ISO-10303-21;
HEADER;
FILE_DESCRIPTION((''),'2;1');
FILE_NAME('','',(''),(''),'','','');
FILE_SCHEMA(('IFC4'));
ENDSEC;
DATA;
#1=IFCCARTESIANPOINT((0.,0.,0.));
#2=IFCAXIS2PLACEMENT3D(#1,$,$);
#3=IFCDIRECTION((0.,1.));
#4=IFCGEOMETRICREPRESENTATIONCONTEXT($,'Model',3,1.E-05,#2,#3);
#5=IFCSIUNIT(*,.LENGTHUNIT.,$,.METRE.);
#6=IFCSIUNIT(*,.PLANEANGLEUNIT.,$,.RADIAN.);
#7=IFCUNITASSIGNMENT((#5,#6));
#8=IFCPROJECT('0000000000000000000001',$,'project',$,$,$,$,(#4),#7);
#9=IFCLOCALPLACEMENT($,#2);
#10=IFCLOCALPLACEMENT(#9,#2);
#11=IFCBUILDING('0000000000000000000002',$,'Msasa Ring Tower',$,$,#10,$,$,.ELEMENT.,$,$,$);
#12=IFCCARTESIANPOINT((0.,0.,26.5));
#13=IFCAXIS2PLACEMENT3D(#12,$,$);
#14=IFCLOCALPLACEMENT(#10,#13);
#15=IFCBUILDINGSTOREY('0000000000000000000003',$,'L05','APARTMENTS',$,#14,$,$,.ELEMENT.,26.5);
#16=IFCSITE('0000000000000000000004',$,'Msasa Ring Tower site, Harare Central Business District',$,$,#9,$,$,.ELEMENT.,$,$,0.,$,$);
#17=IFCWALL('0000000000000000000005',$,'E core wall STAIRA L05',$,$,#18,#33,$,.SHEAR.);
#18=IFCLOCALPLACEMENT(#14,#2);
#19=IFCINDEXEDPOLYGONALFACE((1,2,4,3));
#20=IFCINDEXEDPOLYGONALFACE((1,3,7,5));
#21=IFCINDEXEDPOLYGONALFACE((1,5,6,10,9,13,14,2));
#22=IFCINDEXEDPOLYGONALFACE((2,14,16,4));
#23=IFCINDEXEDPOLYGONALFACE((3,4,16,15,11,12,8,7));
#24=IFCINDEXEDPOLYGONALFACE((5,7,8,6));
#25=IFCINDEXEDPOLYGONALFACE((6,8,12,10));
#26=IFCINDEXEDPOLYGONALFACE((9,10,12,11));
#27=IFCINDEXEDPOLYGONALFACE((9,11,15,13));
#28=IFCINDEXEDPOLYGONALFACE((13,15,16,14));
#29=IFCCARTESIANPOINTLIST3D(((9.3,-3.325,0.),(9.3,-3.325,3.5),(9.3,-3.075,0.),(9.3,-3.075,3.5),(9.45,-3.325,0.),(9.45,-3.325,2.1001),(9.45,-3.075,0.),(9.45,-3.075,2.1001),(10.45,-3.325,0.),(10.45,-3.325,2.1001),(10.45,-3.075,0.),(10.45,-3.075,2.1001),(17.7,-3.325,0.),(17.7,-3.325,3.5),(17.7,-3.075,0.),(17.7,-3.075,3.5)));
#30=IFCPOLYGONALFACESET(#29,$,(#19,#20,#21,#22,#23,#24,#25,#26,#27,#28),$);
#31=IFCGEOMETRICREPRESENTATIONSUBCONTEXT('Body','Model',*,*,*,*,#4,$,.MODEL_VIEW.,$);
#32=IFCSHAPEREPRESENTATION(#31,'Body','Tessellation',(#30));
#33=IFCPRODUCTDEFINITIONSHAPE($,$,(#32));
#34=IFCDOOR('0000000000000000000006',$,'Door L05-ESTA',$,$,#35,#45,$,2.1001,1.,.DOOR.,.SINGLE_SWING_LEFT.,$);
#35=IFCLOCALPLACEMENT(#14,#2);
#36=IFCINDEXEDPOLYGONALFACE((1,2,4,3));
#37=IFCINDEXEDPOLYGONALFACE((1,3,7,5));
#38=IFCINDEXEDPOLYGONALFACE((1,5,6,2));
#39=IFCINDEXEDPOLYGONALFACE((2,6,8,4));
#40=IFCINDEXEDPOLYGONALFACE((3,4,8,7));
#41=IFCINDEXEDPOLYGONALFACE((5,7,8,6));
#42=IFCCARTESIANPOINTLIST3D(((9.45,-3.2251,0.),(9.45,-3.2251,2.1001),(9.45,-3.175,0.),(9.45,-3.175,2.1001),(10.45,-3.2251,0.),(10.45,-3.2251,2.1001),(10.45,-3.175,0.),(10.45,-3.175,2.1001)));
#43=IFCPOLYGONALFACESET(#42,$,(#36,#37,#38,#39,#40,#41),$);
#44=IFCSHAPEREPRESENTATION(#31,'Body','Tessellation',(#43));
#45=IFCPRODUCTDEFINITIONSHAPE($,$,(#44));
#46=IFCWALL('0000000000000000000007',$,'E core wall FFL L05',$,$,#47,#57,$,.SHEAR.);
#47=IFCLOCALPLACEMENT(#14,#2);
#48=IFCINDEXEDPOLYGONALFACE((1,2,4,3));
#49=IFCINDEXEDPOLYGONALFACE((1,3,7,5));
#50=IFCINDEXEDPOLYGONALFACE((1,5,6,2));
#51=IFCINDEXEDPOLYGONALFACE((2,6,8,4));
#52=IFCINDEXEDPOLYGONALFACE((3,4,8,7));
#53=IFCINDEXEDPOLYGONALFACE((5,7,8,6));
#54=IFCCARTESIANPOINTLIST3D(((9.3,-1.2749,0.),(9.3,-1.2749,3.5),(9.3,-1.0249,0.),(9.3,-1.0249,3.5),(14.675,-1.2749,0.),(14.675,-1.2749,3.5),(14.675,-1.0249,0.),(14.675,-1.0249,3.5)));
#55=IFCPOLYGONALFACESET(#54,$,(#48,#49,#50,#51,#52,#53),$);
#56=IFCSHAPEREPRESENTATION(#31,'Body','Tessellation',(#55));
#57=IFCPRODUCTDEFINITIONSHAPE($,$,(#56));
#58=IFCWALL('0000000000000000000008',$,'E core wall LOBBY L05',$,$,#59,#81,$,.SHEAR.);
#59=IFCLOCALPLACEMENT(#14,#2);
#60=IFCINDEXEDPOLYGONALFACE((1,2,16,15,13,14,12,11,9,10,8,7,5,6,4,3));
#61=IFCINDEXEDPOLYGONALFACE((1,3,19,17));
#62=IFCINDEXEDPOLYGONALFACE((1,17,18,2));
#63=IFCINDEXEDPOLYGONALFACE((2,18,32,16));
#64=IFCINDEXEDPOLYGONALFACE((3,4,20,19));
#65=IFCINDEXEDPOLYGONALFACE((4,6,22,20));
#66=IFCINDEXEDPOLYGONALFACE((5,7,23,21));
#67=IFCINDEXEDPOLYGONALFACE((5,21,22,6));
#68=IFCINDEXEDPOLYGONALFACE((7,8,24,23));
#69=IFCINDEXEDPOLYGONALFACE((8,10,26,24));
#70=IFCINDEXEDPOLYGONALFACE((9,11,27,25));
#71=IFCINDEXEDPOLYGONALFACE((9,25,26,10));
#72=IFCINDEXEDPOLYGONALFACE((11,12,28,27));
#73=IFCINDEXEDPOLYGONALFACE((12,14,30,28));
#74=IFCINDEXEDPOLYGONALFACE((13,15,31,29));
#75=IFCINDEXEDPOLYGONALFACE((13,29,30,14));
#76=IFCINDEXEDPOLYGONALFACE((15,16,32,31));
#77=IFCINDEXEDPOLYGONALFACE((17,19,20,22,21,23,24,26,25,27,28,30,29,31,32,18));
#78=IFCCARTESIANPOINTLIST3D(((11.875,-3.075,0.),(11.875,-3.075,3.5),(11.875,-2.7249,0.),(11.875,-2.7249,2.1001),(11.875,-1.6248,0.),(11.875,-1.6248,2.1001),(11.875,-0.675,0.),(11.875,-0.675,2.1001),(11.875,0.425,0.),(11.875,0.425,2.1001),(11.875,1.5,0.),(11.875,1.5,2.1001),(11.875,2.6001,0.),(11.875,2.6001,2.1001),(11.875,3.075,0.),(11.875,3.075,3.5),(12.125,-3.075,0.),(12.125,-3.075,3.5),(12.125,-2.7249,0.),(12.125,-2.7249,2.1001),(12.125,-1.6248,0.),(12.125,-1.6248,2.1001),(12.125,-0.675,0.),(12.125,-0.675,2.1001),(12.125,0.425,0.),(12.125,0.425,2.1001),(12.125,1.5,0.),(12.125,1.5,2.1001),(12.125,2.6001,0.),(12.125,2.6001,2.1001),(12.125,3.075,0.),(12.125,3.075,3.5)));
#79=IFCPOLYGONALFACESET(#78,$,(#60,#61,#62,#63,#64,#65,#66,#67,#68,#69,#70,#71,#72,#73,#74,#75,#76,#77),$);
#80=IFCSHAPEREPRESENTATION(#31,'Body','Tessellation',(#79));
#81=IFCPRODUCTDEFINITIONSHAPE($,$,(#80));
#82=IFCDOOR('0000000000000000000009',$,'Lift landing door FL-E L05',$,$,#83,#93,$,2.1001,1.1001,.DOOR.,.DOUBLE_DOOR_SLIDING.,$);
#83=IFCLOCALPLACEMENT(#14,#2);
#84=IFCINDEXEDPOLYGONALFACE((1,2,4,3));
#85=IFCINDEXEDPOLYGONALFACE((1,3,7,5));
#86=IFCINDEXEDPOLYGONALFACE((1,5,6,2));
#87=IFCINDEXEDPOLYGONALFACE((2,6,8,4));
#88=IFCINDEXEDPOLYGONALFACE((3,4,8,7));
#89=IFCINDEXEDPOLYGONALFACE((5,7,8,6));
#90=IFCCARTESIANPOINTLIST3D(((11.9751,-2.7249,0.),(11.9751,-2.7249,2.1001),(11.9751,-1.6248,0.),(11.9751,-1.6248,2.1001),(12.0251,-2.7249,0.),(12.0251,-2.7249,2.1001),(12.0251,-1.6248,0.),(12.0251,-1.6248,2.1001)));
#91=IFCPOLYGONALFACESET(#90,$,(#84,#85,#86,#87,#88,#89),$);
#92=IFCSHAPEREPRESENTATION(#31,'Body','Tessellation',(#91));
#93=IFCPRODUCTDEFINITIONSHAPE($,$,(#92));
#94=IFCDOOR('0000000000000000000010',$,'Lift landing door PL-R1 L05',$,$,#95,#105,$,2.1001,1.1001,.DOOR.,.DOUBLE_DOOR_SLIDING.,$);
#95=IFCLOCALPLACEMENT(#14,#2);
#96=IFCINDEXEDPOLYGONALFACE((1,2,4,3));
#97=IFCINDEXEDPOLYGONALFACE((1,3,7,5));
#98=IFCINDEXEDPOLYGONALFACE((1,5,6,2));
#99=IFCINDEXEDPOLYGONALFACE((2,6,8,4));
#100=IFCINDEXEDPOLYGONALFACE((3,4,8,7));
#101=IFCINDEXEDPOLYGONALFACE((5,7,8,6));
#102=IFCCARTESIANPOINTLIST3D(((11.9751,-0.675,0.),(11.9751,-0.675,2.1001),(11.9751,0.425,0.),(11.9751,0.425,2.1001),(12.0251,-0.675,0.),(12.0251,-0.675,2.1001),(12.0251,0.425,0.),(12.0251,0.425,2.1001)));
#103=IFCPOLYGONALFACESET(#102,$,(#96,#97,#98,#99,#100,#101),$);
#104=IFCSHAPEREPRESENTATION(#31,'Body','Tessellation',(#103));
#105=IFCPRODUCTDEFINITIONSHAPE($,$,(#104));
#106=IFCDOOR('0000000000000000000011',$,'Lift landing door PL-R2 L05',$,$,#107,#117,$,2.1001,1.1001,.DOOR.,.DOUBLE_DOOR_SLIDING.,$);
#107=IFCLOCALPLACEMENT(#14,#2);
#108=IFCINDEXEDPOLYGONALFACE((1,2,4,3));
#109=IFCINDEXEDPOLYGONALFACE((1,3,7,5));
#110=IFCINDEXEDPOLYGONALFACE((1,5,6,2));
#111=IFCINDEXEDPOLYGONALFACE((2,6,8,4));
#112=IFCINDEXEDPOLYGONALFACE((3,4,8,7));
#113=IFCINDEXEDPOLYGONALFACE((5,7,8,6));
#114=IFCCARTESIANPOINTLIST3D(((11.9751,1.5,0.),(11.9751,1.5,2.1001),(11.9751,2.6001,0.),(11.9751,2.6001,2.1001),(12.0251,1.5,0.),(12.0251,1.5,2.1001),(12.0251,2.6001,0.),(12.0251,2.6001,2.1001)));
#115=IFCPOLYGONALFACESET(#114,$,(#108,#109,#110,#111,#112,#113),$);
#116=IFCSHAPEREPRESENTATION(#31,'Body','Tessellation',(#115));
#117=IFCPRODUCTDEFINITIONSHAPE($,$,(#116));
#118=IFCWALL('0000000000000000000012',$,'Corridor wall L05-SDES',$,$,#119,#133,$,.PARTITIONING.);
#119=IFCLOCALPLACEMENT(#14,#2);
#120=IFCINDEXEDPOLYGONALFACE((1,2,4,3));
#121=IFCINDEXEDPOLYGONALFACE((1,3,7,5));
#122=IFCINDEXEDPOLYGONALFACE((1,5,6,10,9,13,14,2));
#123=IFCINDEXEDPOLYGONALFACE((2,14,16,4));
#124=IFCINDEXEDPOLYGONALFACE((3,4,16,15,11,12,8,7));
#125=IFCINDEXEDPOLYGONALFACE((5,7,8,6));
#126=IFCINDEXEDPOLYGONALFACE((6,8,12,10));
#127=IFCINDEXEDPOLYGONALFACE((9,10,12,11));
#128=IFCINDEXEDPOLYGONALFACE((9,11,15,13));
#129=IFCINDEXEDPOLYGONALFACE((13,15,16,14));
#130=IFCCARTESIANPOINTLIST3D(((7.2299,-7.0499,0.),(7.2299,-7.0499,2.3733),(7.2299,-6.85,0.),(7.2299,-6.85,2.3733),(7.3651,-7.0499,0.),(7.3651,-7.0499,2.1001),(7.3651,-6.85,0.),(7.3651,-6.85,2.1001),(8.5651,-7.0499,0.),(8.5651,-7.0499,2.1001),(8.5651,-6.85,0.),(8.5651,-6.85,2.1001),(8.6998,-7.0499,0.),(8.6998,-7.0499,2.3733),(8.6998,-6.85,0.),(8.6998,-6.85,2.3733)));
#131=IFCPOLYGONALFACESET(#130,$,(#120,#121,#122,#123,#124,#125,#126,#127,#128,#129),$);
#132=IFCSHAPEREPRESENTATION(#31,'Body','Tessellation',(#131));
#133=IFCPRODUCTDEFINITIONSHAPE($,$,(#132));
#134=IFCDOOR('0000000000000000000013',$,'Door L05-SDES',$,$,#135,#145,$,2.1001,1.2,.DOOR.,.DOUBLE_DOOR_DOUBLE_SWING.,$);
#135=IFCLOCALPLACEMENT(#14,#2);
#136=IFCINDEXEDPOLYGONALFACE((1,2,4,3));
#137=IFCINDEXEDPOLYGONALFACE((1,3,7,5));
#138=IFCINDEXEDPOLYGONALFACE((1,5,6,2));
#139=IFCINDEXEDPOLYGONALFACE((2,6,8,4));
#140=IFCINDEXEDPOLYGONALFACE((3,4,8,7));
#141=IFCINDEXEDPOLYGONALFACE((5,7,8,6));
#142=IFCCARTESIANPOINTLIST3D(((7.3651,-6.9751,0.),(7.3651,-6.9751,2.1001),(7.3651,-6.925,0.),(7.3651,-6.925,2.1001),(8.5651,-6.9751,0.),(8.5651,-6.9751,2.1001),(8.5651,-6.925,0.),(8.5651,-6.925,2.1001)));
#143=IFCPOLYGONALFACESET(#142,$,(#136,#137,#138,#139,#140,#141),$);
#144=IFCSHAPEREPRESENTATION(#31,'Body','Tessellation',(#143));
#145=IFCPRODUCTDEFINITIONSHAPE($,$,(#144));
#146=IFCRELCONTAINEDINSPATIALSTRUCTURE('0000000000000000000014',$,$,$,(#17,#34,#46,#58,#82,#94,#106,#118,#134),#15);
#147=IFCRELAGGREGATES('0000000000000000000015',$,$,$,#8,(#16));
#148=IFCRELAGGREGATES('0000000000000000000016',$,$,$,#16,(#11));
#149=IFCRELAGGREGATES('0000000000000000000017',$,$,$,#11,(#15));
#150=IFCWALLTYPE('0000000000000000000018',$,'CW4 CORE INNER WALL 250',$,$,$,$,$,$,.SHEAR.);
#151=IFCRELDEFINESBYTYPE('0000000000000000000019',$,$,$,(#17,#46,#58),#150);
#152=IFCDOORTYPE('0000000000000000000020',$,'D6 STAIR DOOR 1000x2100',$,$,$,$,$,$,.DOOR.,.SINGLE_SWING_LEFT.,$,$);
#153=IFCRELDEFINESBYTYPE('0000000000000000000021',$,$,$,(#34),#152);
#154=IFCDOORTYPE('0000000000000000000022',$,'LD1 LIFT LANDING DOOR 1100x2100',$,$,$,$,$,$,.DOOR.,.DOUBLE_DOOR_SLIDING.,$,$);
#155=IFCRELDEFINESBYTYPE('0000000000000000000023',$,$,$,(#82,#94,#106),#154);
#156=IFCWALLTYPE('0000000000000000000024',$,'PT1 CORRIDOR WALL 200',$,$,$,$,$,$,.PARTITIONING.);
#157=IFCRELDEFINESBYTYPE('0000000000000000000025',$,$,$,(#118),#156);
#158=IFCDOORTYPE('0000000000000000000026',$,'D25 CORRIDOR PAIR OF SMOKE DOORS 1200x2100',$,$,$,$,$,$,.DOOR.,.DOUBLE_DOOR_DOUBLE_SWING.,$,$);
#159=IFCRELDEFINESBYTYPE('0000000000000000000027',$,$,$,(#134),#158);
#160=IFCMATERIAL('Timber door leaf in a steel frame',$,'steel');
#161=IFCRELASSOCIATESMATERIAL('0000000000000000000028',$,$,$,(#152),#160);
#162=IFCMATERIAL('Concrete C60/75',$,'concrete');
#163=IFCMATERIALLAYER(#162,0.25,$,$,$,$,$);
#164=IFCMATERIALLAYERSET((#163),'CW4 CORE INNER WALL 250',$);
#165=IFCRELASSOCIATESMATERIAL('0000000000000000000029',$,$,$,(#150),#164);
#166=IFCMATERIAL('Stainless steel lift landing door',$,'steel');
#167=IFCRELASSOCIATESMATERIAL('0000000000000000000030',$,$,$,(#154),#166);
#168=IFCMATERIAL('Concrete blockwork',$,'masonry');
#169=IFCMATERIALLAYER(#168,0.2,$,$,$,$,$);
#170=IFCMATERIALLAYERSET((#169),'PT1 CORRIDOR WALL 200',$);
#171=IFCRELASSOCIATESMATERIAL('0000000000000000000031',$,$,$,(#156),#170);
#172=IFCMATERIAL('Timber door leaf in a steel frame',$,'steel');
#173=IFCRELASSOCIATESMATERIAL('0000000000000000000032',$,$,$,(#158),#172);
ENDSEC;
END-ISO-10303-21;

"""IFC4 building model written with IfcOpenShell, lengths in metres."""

from ifc_helpers import new_model, si_unit, direction, frame, frame_2d, origin, place, context, subcontext, project, spatial, rectangle, extrude, material, layer, layer_set, type_object, element, fill, save


model = new_model("IFC4")

# Units and contexts
model_context = context("Model", 3, precision=1e-05, world=origin(), true_north=direction((0.0, 1.0)))
body_context = subcontext(model_context, "Body", "Model", "MODEL_VIEW")
ifc_project = project(units=[si_unit("LENGTHUNIT", "METRE"), si_unit("PLANEANGLEUNIT", "RADIAN")], contexts=[model_context])

# Site, building, storey
site_placement = place(None, origin())
site = spatial("IfcSite", under=ifc_project, at=site_placement, Name="Msasa Ring Tower site, Harare Central Business District", CompositionType="ELEMENT", RefElevation=0.0)
building_placement = place(site_placement, origin())
building = spatial("IfcBuilding", under=site, at=building_placement, Name="Msasa Ring Tower", CompositionType="ELEMENT")
storey_placement = place(building_placement, frame((0.0, 0.0, 26.5)))
storey = spatial("IfcBuildingStorey", under=building, at=storey_placement, Name="L05", Description="APARTMENTS", CompositionType="ELEMENT", Elevation=26.5)

# Shared definitions
ifc_material_1 = material(Name="Timber door leaf in a steel frame", Category="steel")
door_type_1 = type_object("IfcDoorType", Name="D6 STAIR DOOR 1000x2100", OperationType="SINGLE_SWING_LEFT", PredefinedType="DOOR", material=ifc_material_1)

# Wall, opening, door
ifc_material_2 = material(Name="Concrete C60/75", Category="concrete")
ifc_layer_1 = layer(ifc_material_2, 0.25)
ifc_layer_set_1 = layer_set([ifc_layer_1], Name="CW4 CORE INNER WALL 250")
wall_type_1 = type_object("IfcWallType", Name="CW4 CORE INNER WALL 250", PredefinedType="SHEAR", material=ifc_layer_set_1)
wall_1_placement = place(storey_placement, frame((9.3, -3.2, 0.0), z_axis=(0.0, 0.0, 1.0), x_axis=(1.0, 0.0, 0.0)))
wall_1 = element("IfcWall", 1, at=wall_1_placement, inside=storey, type_object=wall_type_1, Name="E core wall STAIRA L05", PredefinedType="SHEAR", context=body_context, shape_type="SweptSolid", body=[
    extrude(rectangle(XDim=8.3999, YDim=0.25, at=frame_2d((4.2, 0.0))), origin(), (0.0, 0.0, 1.0), 3.5),
])
opening_1_placement = place(wall_1_placement, frame((0.1499, 0.0, 0.0)))
opening_1 = element("IfcOpeningElement", 2, at=opening_1_placement, cuts=wall_1, PredefinedType="OPENING", context=body_context, shape_type="SweptSolid", body=[
    extrude(rectangle(XDim=1.0, YDim=2.1001, at=frame_2d((0.5, 1.05))), frame((0.0, 0.135, 0.0), z_axis=(0.0, -1.0, 0.0), x_axis=(1.0, 0.0, 0.0)), (0.0, 0.0, 1.0), 0.27),
])
door_1_placement = place(opening_1_placement, origin())
door_1 = element("IfcDoor", 3, at=door_1_placement, inside=storey, type_object=door_type_1, Name="Door L05-ESTA", OperationType="SINGLE_SWING_LEFT", OverallHeight=2.1001, OverallWidth=1.0, PredefinedType="DOOR", context=body_context, shape_type="SweptSolid", body=[
    extrude(rectangle(XDim=1.0, YDim=2.1001, at=frame_2d((0.5, 1.05))), frame((0.0, 0.0249, 0.0), z_axis=(0.0, -1.0, 0.0), x_axis=(1.0, 0.0, 0.0)), (0.0, 0.0, 1.0), 0.05),
])
fill(opening_1, door_1)

# Wall
wall_2_placement = place(storey_placement, frame((9.3, -1.1499, 0.0), z_axis=(0.0, 0.0, 1.0), x_axis=(1.0, 0.0, 0.0)))
element("IfcWall", 4, at=wall_2_placement, inside=storey, type_object=wall_type_1, Name="E core wall FFL L05", PredefinedType="SHEAR", context=body_context, shape_type="SweptSolid", body=[
    extrude(rectangle(XDim=5.375, YDim=0.25, at=frame_2d((2.6875, 0.0))), origin(), (0.0, 0.0, 1.0), 3.5),
])

# Wall, openings, doors
wall_3_placement = place(storey_placement, frame((12.0, -3.075, 0.0), z_axis=(0.0, 0.0, 1.0), x_axis=(0.0, 1.0, 0.0)))
wall_3 = element("IfcWall", 5, at=wall_3_placement, inside=storey, type_object=wall_type_1, Name="E core wall LOBBY L05", PredefinedType="SHEAR", context=body_context, shape_type="SweptSolid", body=[
    extrude(rectangle(XDim=6.1499, YDim=0.25, at=frame_2d((3.075, 0.0))), origin(), (0.0, 0.0, 1.0), 3.5),
])
opening_2_placement = place(wall_3_placement, frame((0.3501, 0.0, 0.0)))
opening_2 = element("IfcOpeningElement", 6, at=opening_2_placement, cuts=wall_3, PredefinedType="OPENING", context=body_context, shape_type="SweptSolid", body=[
    extrude(rectangle(XDim=1.1001, YDim=2.1001, at=frame_2d((0.55, 1.05))), frame((0.0, 0.135, 0.0), z_axis=(0.0, -1.0, 0.0), x_axis=(1.0, 0.0, 0.0)), (0.0, 0.0, 1.0), 0.27),
])
opening_3_placement = place(wall_3_placement, frame((2.3999, 0.0, 0.0)))
opening_3 = element("IfcOpeningElement", 7, at=opening_3_placement, cuts=wall_3, PredefinedType="OPENING", context=body_context, shape_type="SweptSolid", body=[
    extrude(rectangle(XDim=1.1001, YDim=2.1001, at=frame_2d((0.55, 1.05))), frame((0.0, 0.135, 0.0), z_axis=(0.0, -1.0, 0.0), x_axis=(1.0, 0.0, 0.0)), (0.0, 0.0, 1.0), 0.27),
])
opening_4_placement = place(wall_3_placement, frame((4.575, 0.0, 0.0)))
opening_4 = element("IfcOpeningElement", 8, at=opening_4_placement, cuts=wall_3, PredefinedType="OPENING", context=body_context, shape_type="SweptSolid", body=[
    extrude(rectangle(XDim=1.1001, YDim=2.1001, at=frame_2d((0.55, 1.05))), frame((0.0, 0.135, 0.0), z_axis=(0.0, -1.0, 0.0), x_axis=(1.0, 0.0, 0.0)), (0.0, 0.0, 1.0), 0.27),
])
ifc_material_3 = material(Name="Stainless steel lift landing door", Category="steel")
door_type_2 = type_object("IfcDoorType", Name="LD1 LIFT LANDING DOOR 1100x2100", OperationType="DOUBLE_DOOR_SLIDING", PredefinedType="DOOR", material=ifc_material_3)
door_2_placement = place(opening_2_placement, origin())
door_2 = element("IfcDoor", 9, at=door_2_placement, inside=storey, type_object=door_type_2, Name="Lift landing door FL-E L05", OperationType="DOUBLE_DOOR_SLIDING", OverallHeight=2.1001, OverallWidth=1.1001, PredefinedType="DOOR", context=body_context, shape_type="SweptSolid", body=[
    extrude(rectangle(XDim=1.1001, YDim=2.1001, at=frame_2d((0.55, 1.05))), frame((0.0, 0.0249, 0.0), z_axis=(0.0, -1.0, 0.0), x_axis=(1.0, 0.0, 0.0)), (0.0, 0.0, 1.0), 0.05),
])
fill(opening_2, door_2)
door_3_placement = place(opening_3_placement, origin())
door_3 = element("IfcDoor", 10, at=door_3_placement, inside=storey, type_object=door_type_2, Name="Lift landing door PL-R1 L05", OperationType="DOUBLE_DOOR_SLIDING", OverallHeight=2.1001, OverallWidth=1.1001, PredefinedType="DOOR", context=body_context, shape_type="SweptSolid", body=[
    extrude(rectangle(XDim=1.1001, YDim=2.1001, at=frame_2d((0.55, 1.05))), frame((0.0, 0.0249, 0.0), z_axis=(0.0, -1.0, 0.0), x_axis=(1.0, 0.0, 0.0)), (0.0, 0.0, 1.0), 0.05),
])
fill(opening_3, door_3)
door_4_placement = place(opening_4_placement, origin())
door_4 = element("IfcDoor", 11, at=door_4_placement, inside=storey, type_object=door_type_2, Name="Lift landing door PL-R2 L05", OperationType="DOUBLE_DOOR_SLIDING", OverallHeight=2.1001, OverallWidth=1.1001, PredefinedType="DOOR", context=body_context, shape_type="SweptSolid", body=[
    extrude(rectangle(XDim=1.1001, YDim=2.1001, at=frame_2d((0.55, 1.05))), frame((0.0, 0.0249, 0.0), z_axis=(0.0, -1.0, 0.0), x_axis=(1.0, 0.0, 0.0)), (0.0, 0.0, 1.0), 0.05),
])
fill(opening_4, door_4)

# Wall, opening, door
ifc_material_4 = material(Name="Concrete blockwork", Category="masonry")
ifc_layer_2 = layer(ifc_material_4, 0.2)
ifc_layer_set_2 = layer_set([ifc_layer_2], Name="PT1 CORRIDOR WALL 200")
wall_type_2 = type_object("IfcWallType", Name="PT1 CORRIDOR WALL 200", PredefinedType="PARTITIONING", material=ifc_layer_set_2)
wall_4_placement = place(storey_placement, frame((7.23, -6.95, 0.0), z_axis=(0.0, 0.0, 1.0), x_axis=(1.0, 0.0, 0.0)))
wall_4 = element("IfcWall", 12, at=wall_4_placement, inside=storey, type_object=wall_type_2, Name="Corridor wall L05-SDES", PredefinedType="PARTITIONING", context=body_context, shape_type="SweptSolid", body=[
    extrude(rectangle(XDim=1.47, YDim=0.2, at=frame_2d((0.7349, 0.0))), origin(), (0.0, 0.0, 1.0), 2.3733),
])
opening_5_placement = place(wall_4_placement, frame((0.135, 0.0, 0.0)))
opening_5 = element("IfcOpeningElement", 13, at=opening_5_placement, cuts=wall_4, PredefinedType="OPENING", context=body_context, shape_type="SweptSolid", body=[
    extrude(rectangle(XDim=1.2, YDim=2.1001, at=frame_2d((0.6001, 1.05))), frame((0.0, 0.1099, 0.0), z_axis=(0.0, -1.0, 0.0), x_axis=(1.0, 0.0, 0.0)), (0.0, 0.0, 1.0), 0.22),
])
ifc_material_5 = material(Name="Timber door leaf in a steel frame", Category="steel")
door_type_3 = type_object("IfcDoorType", Name="D25 CORRIDOR PAIR OF SMOKE DOORS 1200x2100", OperationType="DOUBLE_DOOR_DOUBLE_SWING", PredefinedType="DOOR", material=ifc_material_5)
door_5_placement = place(opening_5_placement, origin())
door_5 = element("IfcDoor", 14, at=door_5_placement, inside=storey, type_object=door_type_3, Name="Door L05-SDES", OperationType="DOUBLE_DOOR_DOUBLE_SWING", OverallHeight=2.1001, OverallWidth=1.2, PredefinedType="DOOR", context=body_context, shape_type="SweptSolid", body=[
    extrude(rectangle(XDim=1.2, YDim=2.1001, at=frame_2d((0.6001, 1.05))), frame((0.0, 0.0249, 0.0), z_axis=(0.0, -1.0, 0.0), x_axis=(1.0, 0.0, 0.0)), (0.0, 0.0, 1.0), 0.05),
])
fill(opening_5, door_5)

save(model, "model.ifc")
